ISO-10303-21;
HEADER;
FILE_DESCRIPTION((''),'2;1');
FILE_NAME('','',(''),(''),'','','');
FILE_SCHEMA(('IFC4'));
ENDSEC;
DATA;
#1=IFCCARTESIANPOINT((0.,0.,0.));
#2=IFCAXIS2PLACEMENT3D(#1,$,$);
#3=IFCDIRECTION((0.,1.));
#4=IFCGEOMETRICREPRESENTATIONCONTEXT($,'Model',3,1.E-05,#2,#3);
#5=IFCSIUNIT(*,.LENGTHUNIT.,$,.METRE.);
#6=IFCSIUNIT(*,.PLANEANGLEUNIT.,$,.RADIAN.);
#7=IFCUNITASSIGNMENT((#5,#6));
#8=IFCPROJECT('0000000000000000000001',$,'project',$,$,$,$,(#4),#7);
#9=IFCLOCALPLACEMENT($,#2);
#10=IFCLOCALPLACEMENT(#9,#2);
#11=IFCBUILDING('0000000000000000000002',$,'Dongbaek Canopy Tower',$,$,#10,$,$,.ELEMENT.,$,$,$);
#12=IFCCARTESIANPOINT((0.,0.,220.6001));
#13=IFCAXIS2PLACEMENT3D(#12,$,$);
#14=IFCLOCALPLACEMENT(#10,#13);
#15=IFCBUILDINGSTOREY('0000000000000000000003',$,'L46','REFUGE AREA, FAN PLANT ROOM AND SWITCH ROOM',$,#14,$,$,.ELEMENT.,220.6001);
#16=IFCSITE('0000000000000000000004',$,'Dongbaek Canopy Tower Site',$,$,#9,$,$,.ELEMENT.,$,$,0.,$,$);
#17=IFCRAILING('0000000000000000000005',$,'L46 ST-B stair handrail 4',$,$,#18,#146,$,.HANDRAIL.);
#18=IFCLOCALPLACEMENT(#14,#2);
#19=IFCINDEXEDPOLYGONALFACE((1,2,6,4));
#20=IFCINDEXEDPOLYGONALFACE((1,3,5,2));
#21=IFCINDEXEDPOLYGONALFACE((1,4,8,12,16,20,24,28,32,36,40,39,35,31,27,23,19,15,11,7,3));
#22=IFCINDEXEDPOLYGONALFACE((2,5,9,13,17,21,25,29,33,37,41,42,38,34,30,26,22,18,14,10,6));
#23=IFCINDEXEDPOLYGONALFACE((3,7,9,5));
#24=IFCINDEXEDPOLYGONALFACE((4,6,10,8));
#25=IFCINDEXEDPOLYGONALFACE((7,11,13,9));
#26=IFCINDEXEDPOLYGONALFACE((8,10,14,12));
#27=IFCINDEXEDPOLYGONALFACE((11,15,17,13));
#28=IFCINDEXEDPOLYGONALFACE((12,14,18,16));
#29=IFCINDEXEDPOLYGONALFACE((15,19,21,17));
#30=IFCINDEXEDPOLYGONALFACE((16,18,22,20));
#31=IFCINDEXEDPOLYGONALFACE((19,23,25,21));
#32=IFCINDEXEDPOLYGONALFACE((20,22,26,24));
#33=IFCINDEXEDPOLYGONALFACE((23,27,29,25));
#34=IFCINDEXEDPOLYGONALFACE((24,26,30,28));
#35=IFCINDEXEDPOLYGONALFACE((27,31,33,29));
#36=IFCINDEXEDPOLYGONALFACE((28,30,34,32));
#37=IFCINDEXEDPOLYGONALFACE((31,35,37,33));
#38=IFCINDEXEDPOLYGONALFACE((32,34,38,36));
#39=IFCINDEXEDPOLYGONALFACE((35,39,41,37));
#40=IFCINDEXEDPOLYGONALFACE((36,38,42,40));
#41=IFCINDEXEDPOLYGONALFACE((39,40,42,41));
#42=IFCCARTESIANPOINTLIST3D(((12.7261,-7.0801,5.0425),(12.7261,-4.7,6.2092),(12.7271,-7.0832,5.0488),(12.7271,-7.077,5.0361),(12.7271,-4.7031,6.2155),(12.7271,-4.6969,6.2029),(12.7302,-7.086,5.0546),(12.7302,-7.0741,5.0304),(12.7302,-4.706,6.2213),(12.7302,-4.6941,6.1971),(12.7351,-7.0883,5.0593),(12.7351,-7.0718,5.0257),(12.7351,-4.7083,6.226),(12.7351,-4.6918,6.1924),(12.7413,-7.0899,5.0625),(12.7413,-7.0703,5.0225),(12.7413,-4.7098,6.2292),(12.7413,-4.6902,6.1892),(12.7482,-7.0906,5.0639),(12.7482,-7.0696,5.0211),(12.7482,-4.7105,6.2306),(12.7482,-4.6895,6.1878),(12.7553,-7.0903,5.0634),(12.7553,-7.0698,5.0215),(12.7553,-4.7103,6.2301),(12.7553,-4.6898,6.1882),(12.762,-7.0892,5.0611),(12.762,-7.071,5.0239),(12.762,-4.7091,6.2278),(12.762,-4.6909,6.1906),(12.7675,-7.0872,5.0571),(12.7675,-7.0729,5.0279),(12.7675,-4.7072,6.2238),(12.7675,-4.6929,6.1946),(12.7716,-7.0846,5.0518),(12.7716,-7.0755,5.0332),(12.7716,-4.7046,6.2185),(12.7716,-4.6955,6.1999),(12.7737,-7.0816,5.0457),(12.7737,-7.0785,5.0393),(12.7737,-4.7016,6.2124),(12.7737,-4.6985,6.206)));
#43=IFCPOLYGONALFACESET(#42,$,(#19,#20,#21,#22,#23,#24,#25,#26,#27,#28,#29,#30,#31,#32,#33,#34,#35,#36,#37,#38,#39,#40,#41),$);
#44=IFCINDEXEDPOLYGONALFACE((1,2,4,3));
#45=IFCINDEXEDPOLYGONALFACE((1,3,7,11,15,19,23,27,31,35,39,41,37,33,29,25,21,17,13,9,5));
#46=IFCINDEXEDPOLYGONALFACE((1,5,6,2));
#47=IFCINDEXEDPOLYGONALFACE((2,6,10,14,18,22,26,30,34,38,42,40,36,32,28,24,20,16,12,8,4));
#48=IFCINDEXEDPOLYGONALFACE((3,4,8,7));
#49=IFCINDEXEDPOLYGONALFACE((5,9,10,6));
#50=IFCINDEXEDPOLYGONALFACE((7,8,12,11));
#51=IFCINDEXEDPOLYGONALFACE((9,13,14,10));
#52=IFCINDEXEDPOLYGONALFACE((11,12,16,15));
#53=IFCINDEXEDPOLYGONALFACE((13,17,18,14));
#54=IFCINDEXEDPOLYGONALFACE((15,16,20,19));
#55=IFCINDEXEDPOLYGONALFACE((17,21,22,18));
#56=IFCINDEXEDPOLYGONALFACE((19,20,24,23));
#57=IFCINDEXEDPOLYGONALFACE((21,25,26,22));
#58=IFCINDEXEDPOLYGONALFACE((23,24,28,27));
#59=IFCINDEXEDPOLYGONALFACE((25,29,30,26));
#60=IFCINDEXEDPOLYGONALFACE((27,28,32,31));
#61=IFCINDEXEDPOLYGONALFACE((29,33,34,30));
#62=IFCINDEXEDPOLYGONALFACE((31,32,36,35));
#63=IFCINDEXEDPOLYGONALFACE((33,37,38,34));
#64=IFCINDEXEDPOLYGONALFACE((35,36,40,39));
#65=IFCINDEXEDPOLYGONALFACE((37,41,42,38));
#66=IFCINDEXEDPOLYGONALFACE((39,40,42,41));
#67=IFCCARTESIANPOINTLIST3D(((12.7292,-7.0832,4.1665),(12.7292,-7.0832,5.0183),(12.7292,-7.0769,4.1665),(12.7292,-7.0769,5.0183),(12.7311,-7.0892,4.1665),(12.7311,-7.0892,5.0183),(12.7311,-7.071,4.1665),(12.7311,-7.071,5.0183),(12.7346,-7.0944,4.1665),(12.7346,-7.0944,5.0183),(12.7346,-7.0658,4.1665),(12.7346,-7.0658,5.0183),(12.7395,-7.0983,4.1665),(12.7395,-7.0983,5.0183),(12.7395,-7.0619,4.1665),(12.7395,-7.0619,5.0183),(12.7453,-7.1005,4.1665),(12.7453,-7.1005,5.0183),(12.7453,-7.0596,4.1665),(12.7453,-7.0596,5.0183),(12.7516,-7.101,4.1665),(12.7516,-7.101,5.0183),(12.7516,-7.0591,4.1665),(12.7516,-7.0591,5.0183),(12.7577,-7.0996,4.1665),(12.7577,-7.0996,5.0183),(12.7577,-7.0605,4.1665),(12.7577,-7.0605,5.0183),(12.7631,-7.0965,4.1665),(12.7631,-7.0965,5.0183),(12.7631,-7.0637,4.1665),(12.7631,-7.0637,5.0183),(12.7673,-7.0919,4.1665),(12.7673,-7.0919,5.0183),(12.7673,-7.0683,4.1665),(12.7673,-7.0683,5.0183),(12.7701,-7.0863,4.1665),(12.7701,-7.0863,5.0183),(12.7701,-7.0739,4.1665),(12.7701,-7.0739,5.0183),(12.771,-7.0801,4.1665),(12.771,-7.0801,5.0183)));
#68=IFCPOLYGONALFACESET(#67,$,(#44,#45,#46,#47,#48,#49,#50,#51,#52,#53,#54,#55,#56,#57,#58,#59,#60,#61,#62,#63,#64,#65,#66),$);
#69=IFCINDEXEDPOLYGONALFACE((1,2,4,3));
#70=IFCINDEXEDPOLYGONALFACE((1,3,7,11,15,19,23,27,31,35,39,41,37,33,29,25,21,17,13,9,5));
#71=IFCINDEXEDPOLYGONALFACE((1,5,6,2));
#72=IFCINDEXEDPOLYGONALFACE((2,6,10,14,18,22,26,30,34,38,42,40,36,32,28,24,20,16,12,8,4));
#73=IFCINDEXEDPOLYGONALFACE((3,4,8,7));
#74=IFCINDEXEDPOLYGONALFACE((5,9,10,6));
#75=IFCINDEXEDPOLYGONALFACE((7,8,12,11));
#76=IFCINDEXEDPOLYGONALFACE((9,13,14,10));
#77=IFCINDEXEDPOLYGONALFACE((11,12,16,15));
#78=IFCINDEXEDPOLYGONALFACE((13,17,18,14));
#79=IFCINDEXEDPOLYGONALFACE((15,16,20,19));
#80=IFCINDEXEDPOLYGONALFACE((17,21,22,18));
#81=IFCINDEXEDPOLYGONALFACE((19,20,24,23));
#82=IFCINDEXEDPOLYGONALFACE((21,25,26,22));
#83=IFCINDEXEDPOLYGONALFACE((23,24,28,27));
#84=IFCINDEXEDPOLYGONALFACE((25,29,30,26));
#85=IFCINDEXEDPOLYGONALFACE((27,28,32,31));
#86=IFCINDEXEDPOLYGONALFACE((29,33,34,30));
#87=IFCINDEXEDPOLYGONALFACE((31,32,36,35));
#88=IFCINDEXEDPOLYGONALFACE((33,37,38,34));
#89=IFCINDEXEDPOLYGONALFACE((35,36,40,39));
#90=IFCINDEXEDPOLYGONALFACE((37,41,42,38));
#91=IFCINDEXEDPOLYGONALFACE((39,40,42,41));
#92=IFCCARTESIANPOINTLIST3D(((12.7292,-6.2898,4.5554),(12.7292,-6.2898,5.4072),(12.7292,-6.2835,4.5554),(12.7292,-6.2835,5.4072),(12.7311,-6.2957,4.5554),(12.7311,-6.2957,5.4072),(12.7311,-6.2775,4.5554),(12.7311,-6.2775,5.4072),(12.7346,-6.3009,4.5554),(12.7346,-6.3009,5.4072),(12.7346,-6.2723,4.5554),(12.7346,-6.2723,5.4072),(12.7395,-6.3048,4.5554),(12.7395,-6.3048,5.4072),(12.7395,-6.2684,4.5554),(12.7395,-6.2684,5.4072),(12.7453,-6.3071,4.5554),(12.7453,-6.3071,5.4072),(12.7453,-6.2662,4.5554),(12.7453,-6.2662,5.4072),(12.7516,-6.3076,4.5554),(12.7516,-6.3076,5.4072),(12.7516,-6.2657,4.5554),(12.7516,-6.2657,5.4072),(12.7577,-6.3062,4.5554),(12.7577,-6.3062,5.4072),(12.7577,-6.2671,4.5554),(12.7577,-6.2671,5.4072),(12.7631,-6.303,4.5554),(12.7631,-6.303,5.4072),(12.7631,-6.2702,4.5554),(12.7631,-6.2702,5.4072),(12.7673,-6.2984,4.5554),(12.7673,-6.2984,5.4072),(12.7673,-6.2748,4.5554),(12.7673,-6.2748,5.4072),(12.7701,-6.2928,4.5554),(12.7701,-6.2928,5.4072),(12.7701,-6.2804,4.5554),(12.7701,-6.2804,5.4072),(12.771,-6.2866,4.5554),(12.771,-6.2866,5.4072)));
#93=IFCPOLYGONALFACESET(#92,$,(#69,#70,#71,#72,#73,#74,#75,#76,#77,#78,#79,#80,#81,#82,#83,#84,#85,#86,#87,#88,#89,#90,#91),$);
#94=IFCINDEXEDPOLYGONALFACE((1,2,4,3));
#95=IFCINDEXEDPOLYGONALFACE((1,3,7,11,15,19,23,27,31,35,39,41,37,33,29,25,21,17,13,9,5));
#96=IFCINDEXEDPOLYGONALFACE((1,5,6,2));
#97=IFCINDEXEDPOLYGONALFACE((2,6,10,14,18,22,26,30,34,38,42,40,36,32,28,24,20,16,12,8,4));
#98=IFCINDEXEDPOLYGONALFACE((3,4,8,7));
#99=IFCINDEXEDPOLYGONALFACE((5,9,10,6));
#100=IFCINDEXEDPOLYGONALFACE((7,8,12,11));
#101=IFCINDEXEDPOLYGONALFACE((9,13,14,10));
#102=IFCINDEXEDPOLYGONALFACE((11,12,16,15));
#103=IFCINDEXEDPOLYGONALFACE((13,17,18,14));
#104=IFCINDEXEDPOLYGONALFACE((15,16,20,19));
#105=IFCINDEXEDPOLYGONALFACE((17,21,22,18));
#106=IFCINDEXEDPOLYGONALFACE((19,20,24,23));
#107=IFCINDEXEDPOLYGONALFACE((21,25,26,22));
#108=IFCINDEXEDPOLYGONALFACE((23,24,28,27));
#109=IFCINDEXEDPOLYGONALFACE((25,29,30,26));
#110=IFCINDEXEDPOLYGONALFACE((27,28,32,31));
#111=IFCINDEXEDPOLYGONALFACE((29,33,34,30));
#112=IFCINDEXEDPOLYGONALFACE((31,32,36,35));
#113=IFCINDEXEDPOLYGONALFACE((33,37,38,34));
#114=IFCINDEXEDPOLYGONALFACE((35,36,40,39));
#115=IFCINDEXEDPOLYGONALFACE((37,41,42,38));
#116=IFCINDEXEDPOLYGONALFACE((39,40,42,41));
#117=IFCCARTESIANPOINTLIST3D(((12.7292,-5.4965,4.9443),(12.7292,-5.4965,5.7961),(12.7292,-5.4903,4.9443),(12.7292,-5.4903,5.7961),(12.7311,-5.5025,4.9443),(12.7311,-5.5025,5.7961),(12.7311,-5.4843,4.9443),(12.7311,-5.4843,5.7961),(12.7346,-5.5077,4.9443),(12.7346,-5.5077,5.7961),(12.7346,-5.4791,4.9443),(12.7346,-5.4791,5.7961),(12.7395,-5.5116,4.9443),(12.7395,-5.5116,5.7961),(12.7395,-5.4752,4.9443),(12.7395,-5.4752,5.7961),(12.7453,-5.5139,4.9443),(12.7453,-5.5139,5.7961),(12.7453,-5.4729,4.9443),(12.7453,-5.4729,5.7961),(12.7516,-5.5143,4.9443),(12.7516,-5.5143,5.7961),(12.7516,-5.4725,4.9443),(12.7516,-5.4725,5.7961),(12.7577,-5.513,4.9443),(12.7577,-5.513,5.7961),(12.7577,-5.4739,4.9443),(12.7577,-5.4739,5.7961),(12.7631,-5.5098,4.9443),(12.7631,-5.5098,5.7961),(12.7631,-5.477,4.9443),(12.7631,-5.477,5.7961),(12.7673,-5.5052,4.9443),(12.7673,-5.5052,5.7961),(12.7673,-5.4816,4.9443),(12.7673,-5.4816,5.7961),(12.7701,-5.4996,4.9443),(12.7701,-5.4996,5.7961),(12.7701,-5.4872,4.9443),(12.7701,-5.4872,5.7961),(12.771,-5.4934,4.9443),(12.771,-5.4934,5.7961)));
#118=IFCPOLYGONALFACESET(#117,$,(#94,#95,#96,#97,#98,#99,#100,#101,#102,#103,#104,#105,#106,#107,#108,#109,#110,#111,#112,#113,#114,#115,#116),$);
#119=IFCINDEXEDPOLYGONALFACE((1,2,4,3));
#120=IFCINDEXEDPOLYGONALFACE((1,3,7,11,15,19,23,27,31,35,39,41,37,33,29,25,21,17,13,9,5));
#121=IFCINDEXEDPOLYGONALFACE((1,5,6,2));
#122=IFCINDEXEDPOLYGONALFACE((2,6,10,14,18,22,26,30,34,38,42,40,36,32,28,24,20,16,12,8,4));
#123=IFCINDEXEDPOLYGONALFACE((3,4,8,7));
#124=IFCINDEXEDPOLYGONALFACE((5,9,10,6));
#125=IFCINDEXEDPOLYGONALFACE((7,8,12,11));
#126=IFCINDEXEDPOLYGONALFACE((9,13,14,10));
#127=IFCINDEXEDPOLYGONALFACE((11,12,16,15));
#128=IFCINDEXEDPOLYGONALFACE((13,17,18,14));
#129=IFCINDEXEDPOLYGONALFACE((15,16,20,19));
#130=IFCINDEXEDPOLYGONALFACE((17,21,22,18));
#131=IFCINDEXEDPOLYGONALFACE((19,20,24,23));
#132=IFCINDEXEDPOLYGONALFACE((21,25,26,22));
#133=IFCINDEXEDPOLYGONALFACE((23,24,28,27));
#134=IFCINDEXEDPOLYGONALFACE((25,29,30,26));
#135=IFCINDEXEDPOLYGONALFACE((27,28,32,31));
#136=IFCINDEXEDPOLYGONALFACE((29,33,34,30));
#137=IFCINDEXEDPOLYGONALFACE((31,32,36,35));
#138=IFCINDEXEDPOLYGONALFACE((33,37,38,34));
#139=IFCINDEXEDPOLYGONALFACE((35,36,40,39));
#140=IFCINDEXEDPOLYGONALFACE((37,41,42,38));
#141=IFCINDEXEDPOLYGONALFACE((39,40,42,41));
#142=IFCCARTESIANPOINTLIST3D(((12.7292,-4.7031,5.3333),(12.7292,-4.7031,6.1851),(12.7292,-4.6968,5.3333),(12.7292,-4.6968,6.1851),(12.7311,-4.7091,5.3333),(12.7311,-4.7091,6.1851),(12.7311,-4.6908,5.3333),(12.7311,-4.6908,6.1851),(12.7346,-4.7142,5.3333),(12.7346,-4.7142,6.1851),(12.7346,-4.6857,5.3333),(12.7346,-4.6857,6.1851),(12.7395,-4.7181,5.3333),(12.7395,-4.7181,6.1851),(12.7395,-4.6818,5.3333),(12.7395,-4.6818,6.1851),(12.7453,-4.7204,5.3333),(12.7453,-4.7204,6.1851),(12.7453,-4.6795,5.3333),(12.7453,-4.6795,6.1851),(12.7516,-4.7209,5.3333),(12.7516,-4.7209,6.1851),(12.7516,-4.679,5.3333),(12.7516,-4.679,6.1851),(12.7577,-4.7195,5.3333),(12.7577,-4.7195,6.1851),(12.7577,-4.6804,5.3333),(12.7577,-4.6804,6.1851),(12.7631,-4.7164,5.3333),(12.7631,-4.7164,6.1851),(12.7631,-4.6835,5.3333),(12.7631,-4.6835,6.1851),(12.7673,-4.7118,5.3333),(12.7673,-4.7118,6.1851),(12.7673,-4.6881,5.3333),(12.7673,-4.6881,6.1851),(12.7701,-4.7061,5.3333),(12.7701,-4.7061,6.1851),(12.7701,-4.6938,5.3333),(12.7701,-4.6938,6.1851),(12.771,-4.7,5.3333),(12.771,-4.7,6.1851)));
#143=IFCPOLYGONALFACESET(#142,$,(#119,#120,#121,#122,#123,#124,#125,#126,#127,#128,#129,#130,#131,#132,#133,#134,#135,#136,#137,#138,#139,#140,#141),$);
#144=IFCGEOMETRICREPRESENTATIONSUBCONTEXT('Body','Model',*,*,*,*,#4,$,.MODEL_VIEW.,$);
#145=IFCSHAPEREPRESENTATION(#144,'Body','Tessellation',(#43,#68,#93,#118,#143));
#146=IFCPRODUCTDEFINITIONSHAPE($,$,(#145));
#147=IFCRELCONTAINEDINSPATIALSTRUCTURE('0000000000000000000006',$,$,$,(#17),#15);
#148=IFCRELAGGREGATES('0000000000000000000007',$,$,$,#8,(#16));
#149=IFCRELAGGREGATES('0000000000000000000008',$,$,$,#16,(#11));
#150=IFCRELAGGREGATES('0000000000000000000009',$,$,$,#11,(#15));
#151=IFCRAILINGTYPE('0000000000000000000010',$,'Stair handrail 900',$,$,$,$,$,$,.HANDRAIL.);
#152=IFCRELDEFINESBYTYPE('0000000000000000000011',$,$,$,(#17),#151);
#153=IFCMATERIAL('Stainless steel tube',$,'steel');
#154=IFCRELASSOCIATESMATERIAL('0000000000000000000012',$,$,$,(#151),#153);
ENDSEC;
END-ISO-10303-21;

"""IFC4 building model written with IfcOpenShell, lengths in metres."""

from ifc_helpers import new_model, si_unit, direction, frame, origin, origin_2d, place, context, subcontext, project, spatial, circle, extrude, material, type_object, element, save


model = new_model("IFC4")

# Units and contexts
model_context = context("Model", 3, precision=1e-05, world=origin(), true_north=direction((0.0, 1.0)))
body_context = subcontext(model_context, "Body", "Model", "MODEL_VIEW")
ifc_project = project(units=[si_unit("LENGTHUNIT", "METRE"), si_unit("PLANEANGLEUNIT", "RADIAN")], contexts=[model_context])

# Site, building, storey
site_placement = place(None, origin())
site = spatial("IfcSite", under=ifc_project, at=site_placement, Name="Dongbaek Canopy Tower Site", CompositionType="ELEMENT", RefElevation=0.0)
building_placement = place(site_placement, origin())
building = spatial("IfcBuilding", under=site, at=building_placement, Name="Dongbaek Canopy Tower", CompositionType="ELEMENT")
storey_placement = place(building_placement, frame((0.0, 0.0, 220.6001)))
storey = spatial("IfcBuildingStorey", under=building, at=storey_placement, Name="L46", Description="REFUGE AREA, FAN PLANT ROOM AND SWITCH ROOM", CompositionType="ELEMENT", Elevation=220.6001)

# Railing
ifc_material_1 = material(Name="Stainless steel tube", Category="steel")
railing_type = type_object("IfcRailingType", Name="Stair handrail 900", PredefinedType="HANDRAIL", material=ifc_material_1)
for number, where, name in (
    (1, (12.75, -7.0801, 4.1665), "L46 ST-B stair handrail 4"),
):
    element("IfcRailing", number, at=place(storey_placement, frame(where)), inside=storey, type_object=railing_type, Name=name, PredefinedType="HANDRAIL", context=body_context, shape_type="SweptSolid", body=[
        extrude(circle(Radius=0.0239, at=origin_2d()), frame((0.0, 0.0, 0.876), z_axis=(0.0, 0.897918, 0.440163), x_axis=(-1.0, 0.0, 0.0)), (0.0, 0.0, 1.0), 2.6506),
        extrude(circle(Radius=0.021, at=origin_2d()), origin(), (0.0, 0.0, 1.0), 0.8518),
        extrude(circle(Radius=0.021, at=origin_2d()), frame((0.0, 0.7935, 0.3889)), (0.0, 0.0, 1.0), 0.8518),
        extrude(circle(Radius=0.021, at=origin_2d()), frame((0.0, 1.5867, 0.7778)), (0.0, 0.0, 1.0), 0.8518),
        extrude(circle(Radius=0.021, at=origin_2d()), frame((0.0, 2.3801, 1.1667)), (0.0, 0.0, 1.0), 0.8518),
    ])

save(model, "model.ifc")
